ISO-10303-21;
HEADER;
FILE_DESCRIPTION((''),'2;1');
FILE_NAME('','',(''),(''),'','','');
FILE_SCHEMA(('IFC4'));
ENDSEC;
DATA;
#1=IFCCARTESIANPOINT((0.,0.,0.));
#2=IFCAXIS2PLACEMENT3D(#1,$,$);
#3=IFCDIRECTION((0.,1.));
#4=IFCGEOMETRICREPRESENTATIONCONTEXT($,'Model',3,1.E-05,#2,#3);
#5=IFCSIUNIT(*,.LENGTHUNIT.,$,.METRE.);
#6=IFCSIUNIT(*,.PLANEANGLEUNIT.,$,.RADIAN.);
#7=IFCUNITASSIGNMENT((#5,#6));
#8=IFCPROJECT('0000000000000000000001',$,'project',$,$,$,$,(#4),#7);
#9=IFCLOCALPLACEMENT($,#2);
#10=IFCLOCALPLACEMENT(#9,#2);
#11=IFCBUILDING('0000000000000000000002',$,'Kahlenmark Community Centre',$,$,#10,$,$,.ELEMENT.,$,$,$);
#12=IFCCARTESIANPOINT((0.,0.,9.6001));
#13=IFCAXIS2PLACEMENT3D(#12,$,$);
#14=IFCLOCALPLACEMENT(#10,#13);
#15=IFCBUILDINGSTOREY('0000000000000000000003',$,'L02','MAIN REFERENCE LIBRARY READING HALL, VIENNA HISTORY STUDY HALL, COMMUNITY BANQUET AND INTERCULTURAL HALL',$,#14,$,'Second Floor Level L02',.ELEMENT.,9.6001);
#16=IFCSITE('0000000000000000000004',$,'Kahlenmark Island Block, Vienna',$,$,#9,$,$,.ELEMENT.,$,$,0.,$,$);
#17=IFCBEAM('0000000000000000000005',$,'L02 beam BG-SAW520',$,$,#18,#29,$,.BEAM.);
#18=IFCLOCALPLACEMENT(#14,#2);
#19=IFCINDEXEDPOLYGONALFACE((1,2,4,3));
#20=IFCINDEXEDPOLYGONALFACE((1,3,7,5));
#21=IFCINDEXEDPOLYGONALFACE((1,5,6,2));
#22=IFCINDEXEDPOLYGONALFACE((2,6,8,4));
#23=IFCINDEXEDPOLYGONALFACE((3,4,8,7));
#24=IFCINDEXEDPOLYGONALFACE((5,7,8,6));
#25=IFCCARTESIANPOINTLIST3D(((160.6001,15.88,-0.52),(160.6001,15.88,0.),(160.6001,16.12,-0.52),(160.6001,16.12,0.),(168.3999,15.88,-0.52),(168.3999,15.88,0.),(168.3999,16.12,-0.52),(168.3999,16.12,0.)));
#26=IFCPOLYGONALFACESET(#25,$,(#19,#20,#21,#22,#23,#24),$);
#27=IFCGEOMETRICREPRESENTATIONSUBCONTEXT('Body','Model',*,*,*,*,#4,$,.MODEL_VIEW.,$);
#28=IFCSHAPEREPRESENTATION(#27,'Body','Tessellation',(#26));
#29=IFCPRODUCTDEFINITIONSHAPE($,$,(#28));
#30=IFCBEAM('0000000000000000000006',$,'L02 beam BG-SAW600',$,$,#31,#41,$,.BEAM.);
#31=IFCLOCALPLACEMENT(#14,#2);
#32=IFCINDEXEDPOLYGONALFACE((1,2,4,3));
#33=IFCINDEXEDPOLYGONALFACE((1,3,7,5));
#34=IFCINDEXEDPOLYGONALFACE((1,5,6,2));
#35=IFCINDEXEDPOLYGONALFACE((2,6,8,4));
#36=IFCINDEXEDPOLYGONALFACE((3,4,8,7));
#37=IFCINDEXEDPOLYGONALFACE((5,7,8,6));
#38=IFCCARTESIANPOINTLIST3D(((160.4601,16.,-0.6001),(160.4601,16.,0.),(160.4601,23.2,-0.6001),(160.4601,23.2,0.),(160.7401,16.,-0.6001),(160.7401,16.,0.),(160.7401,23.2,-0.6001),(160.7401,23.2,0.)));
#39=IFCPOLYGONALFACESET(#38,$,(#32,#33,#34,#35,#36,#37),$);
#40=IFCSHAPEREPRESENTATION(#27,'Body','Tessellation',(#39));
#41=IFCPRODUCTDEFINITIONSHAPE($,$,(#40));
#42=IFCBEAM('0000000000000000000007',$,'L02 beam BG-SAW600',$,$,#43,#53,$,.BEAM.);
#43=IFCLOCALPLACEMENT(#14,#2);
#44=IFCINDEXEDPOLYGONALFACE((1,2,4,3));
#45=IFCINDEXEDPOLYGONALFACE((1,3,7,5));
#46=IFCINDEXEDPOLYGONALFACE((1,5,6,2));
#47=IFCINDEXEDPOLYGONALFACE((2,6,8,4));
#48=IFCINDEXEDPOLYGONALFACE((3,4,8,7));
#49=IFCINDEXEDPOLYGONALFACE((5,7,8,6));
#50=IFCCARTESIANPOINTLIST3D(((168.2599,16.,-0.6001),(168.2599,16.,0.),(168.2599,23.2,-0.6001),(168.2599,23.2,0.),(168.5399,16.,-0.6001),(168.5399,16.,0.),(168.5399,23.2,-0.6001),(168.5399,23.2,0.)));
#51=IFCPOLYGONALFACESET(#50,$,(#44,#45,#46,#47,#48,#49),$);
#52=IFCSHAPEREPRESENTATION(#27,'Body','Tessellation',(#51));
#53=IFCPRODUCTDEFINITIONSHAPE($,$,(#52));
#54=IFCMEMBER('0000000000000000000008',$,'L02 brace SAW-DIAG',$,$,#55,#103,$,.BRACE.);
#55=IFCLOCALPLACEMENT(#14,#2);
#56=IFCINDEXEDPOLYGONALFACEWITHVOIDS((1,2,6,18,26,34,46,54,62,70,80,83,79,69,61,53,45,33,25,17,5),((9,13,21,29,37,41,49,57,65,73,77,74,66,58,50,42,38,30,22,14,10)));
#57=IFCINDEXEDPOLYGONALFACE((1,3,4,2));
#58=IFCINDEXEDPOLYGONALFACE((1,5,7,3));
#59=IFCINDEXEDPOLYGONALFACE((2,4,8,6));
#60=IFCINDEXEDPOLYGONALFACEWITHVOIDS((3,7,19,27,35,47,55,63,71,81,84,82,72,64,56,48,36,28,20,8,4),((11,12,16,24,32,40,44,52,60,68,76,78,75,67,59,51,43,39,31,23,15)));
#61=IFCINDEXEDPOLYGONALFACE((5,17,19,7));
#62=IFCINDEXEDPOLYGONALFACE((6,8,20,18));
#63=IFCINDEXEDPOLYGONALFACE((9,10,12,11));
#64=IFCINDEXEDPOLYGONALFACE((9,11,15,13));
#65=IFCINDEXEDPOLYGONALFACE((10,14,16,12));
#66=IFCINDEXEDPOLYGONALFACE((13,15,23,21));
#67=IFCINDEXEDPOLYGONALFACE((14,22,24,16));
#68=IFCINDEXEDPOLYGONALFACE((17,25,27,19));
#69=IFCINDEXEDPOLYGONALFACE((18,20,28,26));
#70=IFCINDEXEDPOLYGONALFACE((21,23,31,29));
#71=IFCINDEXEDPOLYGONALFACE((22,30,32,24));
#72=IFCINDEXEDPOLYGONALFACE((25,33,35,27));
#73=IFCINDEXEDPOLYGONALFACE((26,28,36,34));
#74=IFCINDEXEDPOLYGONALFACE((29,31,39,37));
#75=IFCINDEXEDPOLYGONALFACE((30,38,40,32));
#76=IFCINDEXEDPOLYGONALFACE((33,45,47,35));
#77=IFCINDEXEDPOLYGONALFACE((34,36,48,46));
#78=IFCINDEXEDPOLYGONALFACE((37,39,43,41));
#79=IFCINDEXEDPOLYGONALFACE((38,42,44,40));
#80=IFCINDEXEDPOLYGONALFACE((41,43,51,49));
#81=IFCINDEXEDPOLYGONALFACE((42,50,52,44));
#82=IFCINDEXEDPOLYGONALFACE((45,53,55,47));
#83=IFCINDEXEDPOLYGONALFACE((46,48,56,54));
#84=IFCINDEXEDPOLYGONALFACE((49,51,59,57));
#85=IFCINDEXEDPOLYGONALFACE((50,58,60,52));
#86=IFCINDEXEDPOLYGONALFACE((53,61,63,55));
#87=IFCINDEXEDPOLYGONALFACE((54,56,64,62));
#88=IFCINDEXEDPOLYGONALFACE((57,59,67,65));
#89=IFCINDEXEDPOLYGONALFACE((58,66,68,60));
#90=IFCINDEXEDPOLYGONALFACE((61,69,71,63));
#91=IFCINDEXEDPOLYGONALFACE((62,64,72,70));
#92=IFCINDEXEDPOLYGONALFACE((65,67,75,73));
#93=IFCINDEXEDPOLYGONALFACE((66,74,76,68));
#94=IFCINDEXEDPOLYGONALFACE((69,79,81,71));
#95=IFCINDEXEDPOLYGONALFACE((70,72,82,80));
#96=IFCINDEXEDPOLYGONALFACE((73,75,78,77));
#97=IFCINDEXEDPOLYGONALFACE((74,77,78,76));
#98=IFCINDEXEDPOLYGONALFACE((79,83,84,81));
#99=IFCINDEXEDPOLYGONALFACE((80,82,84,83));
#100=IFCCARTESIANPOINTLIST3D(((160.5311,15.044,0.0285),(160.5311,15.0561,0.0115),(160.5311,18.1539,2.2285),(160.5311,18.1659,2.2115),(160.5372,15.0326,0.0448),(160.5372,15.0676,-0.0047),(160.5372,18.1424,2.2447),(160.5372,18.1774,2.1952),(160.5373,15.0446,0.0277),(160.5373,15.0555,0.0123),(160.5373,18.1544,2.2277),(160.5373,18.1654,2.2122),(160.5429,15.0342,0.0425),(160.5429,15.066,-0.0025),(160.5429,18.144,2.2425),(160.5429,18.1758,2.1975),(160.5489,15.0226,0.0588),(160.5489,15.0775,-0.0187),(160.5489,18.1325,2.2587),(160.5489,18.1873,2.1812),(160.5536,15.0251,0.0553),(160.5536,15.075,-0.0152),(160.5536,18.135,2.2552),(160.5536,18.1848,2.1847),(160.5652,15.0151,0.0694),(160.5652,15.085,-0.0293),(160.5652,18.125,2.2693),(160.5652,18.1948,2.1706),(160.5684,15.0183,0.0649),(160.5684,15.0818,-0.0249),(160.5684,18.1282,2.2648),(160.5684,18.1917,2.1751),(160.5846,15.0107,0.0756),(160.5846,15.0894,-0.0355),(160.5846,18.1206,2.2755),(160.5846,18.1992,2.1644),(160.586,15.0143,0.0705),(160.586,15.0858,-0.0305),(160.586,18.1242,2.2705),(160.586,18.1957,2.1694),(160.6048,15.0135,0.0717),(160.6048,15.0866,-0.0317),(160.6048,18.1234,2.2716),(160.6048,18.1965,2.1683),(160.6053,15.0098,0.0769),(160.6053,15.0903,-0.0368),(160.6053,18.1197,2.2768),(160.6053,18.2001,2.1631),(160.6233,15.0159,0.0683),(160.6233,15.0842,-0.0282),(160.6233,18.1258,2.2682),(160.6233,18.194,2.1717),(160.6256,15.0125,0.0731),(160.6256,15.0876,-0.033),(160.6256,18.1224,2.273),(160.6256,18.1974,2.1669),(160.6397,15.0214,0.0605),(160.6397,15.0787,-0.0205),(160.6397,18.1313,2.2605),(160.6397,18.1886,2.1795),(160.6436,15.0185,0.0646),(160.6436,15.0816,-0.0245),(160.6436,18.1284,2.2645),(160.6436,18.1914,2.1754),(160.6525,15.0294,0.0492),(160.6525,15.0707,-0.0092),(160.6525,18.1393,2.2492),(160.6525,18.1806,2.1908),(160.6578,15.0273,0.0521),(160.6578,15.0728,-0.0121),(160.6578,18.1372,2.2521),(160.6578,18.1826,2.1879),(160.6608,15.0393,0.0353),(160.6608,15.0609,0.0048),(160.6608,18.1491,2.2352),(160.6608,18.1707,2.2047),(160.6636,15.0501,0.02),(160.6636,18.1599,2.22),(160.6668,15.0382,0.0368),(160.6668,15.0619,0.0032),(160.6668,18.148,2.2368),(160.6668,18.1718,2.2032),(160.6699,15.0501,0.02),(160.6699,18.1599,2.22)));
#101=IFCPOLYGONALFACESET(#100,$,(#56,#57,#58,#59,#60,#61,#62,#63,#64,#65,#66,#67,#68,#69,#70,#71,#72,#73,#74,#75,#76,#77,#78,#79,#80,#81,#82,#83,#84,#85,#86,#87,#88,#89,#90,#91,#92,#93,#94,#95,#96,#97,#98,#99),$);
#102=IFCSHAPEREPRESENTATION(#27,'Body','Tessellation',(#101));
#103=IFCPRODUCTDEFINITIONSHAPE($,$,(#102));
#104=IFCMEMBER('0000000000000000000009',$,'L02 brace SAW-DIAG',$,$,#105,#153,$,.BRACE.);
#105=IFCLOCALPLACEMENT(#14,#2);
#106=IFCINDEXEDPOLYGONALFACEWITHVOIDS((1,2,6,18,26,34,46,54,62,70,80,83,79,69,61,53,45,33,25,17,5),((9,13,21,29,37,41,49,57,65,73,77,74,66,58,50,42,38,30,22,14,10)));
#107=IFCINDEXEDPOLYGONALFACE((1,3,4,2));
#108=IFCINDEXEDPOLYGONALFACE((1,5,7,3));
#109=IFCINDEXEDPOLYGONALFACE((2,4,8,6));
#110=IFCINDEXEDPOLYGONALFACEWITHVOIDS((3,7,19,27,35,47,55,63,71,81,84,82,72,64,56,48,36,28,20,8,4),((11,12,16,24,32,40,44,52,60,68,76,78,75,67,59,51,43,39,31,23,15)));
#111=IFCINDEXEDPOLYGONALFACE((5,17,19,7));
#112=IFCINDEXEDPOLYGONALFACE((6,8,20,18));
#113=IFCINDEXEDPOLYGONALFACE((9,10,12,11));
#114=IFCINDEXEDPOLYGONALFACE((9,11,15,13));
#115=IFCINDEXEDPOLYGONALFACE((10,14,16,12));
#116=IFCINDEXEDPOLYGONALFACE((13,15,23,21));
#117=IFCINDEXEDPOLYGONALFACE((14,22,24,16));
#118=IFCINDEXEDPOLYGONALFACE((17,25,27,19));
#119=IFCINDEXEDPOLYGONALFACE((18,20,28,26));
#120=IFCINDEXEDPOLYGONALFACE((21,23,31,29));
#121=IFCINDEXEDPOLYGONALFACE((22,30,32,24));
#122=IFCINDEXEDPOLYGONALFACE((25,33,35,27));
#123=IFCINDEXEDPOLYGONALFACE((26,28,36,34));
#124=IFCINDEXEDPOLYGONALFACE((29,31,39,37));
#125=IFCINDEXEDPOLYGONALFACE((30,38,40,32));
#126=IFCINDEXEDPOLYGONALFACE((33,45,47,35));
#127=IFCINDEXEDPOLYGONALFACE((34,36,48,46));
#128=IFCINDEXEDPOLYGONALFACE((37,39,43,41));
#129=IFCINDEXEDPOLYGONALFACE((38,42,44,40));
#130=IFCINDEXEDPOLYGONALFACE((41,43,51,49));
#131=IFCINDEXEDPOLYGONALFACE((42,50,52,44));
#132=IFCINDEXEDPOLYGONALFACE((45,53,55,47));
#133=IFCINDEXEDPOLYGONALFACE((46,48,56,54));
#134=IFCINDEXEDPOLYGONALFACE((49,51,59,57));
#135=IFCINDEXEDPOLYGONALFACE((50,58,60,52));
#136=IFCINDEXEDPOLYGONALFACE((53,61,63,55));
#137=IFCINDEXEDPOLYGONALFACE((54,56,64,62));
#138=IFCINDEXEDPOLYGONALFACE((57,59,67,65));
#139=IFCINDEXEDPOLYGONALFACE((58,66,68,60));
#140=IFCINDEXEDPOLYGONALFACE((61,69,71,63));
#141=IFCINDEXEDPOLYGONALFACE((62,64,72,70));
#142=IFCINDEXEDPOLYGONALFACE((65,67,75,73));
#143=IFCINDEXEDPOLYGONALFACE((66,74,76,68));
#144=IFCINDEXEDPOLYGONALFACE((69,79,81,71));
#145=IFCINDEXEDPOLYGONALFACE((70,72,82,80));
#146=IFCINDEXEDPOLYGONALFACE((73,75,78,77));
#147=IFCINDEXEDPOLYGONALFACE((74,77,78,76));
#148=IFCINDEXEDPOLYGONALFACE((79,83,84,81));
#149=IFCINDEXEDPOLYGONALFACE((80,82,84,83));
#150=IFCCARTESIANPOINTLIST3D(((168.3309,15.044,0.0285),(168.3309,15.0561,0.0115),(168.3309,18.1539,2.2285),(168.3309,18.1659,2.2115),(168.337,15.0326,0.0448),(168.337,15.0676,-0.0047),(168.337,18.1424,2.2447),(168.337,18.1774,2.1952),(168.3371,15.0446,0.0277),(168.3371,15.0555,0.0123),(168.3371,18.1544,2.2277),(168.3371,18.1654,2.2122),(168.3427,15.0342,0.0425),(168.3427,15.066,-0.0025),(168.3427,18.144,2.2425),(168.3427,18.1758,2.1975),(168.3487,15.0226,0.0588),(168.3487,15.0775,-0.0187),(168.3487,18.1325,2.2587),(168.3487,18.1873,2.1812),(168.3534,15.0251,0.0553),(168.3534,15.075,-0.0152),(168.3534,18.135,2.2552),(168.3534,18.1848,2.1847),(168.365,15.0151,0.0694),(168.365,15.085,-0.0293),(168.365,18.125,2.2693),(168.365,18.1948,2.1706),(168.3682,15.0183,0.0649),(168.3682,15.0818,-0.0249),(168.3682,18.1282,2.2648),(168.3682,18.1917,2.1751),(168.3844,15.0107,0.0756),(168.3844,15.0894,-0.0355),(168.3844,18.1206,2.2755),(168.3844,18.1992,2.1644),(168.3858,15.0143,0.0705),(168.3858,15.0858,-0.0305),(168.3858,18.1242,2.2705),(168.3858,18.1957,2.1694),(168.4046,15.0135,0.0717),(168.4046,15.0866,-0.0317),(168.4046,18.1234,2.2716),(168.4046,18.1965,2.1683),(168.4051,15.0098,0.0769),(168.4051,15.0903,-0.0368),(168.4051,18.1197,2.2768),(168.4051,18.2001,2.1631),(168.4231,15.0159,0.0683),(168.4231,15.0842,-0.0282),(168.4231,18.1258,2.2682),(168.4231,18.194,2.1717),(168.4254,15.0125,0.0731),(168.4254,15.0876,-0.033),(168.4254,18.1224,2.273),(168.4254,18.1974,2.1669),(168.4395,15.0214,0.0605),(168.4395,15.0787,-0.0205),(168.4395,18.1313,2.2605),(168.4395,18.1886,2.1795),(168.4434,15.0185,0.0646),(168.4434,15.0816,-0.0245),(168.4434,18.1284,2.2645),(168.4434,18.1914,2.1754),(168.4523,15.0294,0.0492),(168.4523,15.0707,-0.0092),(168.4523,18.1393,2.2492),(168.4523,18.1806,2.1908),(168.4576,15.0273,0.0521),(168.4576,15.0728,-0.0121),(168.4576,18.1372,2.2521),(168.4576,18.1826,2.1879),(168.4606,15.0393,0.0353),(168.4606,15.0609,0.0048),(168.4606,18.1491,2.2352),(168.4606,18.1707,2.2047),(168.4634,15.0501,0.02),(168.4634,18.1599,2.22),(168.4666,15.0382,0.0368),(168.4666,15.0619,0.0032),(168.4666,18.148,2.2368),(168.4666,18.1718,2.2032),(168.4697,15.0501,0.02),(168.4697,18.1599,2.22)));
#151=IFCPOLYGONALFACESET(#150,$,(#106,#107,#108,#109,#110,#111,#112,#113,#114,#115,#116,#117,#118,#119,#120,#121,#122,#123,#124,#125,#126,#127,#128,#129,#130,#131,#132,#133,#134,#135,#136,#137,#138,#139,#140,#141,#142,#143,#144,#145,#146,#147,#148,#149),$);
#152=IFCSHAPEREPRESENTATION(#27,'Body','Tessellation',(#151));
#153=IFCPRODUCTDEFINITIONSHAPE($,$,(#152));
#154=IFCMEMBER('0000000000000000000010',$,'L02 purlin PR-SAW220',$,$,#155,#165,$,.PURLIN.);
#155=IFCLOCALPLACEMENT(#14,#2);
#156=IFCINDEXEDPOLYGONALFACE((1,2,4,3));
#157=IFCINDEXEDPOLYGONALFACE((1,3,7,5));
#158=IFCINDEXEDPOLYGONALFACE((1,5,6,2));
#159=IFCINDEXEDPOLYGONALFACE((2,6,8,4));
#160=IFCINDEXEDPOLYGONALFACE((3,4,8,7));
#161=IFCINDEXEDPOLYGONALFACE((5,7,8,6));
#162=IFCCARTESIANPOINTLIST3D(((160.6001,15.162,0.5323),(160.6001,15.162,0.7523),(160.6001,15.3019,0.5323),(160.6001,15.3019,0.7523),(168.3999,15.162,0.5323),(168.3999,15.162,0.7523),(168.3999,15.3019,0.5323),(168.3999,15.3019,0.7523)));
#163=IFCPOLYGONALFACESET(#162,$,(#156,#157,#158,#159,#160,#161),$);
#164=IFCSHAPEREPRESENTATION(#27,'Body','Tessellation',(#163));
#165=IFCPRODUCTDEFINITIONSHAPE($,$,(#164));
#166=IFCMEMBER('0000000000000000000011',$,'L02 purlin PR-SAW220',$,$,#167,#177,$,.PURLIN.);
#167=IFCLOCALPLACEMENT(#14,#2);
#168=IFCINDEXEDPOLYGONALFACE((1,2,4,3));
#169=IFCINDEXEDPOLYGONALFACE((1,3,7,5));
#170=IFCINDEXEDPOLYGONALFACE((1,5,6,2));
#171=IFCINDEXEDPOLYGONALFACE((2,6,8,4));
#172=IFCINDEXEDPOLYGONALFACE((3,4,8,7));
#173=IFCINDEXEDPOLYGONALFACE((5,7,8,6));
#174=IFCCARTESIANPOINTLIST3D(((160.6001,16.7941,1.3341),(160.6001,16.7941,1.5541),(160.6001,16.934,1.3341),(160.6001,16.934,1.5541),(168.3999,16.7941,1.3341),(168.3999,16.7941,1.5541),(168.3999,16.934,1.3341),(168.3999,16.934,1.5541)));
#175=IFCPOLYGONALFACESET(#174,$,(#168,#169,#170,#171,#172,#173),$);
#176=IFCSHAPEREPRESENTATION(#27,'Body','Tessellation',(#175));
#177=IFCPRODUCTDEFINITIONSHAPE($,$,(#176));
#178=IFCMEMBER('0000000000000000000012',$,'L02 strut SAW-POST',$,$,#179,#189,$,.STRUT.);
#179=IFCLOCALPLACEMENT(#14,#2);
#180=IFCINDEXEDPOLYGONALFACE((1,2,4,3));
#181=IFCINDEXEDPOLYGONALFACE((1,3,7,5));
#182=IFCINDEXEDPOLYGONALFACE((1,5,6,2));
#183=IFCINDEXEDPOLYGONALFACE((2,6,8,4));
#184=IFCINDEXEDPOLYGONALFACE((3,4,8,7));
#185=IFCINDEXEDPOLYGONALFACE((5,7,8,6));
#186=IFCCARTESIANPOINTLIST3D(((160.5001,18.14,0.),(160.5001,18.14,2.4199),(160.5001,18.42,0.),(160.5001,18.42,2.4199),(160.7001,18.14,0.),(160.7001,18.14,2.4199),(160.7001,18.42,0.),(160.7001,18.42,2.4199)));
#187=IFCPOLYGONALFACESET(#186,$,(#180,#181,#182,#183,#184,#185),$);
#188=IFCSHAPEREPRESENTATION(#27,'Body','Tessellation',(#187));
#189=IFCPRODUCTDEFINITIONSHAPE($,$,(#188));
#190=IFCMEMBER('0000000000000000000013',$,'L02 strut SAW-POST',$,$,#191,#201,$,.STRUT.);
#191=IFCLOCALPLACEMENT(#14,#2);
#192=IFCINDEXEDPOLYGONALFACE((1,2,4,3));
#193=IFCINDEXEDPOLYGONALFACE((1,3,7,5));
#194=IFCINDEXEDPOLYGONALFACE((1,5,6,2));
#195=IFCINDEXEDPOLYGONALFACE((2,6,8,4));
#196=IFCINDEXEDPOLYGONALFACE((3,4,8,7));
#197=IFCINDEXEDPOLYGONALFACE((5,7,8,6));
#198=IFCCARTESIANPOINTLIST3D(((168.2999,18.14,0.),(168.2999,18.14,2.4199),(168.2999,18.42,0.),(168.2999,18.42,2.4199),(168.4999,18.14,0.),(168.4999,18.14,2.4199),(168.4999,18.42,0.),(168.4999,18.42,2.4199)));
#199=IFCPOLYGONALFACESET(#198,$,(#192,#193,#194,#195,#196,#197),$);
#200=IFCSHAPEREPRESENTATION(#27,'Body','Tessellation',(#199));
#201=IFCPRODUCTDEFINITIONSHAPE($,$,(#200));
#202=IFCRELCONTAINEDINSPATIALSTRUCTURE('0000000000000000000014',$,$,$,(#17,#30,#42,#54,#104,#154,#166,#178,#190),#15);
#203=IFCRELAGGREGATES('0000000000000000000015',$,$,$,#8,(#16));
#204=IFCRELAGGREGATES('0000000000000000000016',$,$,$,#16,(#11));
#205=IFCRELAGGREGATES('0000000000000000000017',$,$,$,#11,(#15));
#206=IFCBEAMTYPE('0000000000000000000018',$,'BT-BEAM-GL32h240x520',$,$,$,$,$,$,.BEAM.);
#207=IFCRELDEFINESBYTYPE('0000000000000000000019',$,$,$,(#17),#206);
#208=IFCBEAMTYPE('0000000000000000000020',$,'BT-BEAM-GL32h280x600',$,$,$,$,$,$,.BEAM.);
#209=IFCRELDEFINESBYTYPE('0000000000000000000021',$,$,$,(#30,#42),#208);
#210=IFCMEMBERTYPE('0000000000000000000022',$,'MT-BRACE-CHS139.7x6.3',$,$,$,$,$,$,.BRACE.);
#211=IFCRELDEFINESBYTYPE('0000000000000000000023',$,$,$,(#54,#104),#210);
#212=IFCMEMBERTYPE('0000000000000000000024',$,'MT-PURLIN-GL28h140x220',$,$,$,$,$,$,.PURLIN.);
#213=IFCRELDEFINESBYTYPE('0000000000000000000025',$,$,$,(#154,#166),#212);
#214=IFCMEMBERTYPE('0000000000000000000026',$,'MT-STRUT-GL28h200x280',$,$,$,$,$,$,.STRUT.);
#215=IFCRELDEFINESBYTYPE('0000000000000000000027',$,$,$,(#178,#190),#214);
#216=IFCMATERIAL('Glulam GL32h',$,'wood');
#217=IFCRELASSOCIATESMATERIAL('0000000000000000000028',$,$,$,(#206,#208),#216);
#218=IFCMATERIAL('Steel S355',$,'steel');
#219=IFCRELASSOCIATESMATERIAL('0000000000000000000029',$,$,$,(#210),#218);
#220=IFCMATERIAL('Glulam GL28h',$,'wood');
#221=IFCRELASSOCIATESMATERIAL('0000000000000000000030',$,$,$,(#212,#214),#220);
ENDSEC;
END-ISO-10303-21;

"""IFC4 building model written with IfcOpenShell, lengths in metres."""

from ifc_helpers import new_model, si_unit, direction, frame, origin, origin_2d, place, context, subcontext, project, spatial, rectangle, hollow_circle, extrude, material, material_profile, profile_set, type_object, element, save


model = new_model("IFC4")

# Units and contexts
model_context = context("Model", 3, precision=1e-05, world=origin(), true_north=direction((0.0, 1.0)))
body_context = subcontext(model_context, "Body", "Model", "MODEL_VIEW")
ifc_project = project(units=[si_unit("LENGTHUNIT", "METRE"), si_unit("PLANEANGLEUNIT", "RADIAN")], contexts=[model_context])

# Site, building, storey
site_placement = place(None, origin())
site = spatial("IfcSite", under=ifc_project, at=site_placement, Name="Kahlenmark Island Block, Vienna", CompositionType="ELEMENT", RefElevation=0.0)
building_placement = place(site_placement, origin())
building = spatial("IfcBuilding", under=site, at=building_placement, Name="Kahlenmark Community Centre", CompositionType="ELEMENT")
storey_placement = place(building_placement, frame((0.0, 0.0, 9.6001)))
storey = spatial("IfcBuildingStorey", under=building, at=storey_placement, Name="L02", Description="MAIN REFERENCE LIBRARY READING HALL, VIENNA HISTORY STUDY HALL, COMMUNITY BANQUET AND INTERCULTURAL HALL", LongName="Second Floor Level L02", CompositionType="ELEMENT", Elevation=9.6001)

# Beams
ifc_material_1 = material(Name="Glulam GL32h", Category="wood")
ifc_material_profile_1 = material_profile(ifc_material_1, rectangle(XDim=0.24, YDim=0.52, at=origin_2d()), Name="GL32h 240x520")
ifc_profile_set_1 = profile_set([ifc_material_profile_1], Name="Glulam GL32h")
beam_type_1 = type_object("IfcBeamType", Name="BT-BEAM-GL32h240x520", PredefinedType="BEAM", material=ifc_profile_set_1)
beam_placement = place(storey_placement, frame((160.6001, 16.0, -0.26), z_axis=(1.0, 0.0, 0.0), x_axis=(0.0, 1.0, 0.0)))
element("IfcBeam", 1, at=beam_placement, inside=storey, type_object=beam_type_1, Name="L02 beam BG-SAW520", PredefinedType="BEAM", context=body_context, shape_type="SweptSolid", body=[
    extrude(rectangle(XDim=0.24, YDim=0.52, at=origin_2d()), origin(), (0.0, 0.0, 1.0), 7.7998),
])
ifc_material_profile_2 = material_profile(ifc_material_1, rectangle(XDim=0.28, YDim=0.6001, at=origin_2d()), Name="GL32h 280x600")
ifc_profile_set_2 = profile_set([ifc_material_profile_2], Name="Glulam GL32h")
beam_type_2 = type_object("IfcBeamType", Name="BT-BEAM-GL32h280x600", PredefinedType="BEAM", material=ifc_profile_set_2)
for number, where, z_axis, x_axis, name in (
    (2, (160.6001, 16.0, -0.3), (0.0, 1.0, 0.0), (-1.0, 0.0, 0.0), "L02 beam BG-SAW600"),
    (3, (168.3999, 16.0, -0.3), (0.0, 1.0, 0.0), (-1.0, 0.0, 0.0), "L02 beam BG-SAW600"),
):
    element("IfcBeam", number, at=place(storey_placement, frame(where, z_axis=z_axis, x_axis=x_axis)), inside=storey, type_object=beam_type_2, Name=name, PredefinedType="BEAM", context=body_context, shape_type="SweptSolid", body=[
        extrude(rectangle(XDim=0.28, YDim=0.6001, at=origin_2d()), origin(), (0.0, 0.0, 1.0), 7.2),
    ])

# Members
ifc_material_2 = material(Name="Steel S355", Category="steel")
ifc_material_profile_3 = material_profile(ifc_material_2, hollow_circle(Radius=0.0698, WallThickness=0.0063, at=origin_2d()), Name="CHS 139.7x6.3")
ifc_profile_set_3 = profile_set([ifc_material_profile_3], Name="Steel S355")
member_type_1 = type_object("IfcMemberType", Name="MT-BRACE-CHS139.7x6.3", PredefinedType="BRACE", material=ifc_profile_set_3)
for number, where, z_axis, x_axis, name in (
    (4, (160.6001, 18.1599, 2.22), (0.0, -0.81638, -0.577516), (1.0, 0.0, 0.0), "L02 brace SAW-DIAG"),
    (5, (168.3999, 18.1599, 2.22), (0.0, -0.81638, -0.577516), (1.0, 0.0, 0.0), "L02 brace SAW-DIAG"),
):
    element("IfcMember", number, at=place(storey_placement, frame(where, z_axis=z_axis, x_axis=x_axis)), inside=storey, type_object=member_type_1, Name=name, PredefinedType="BRACE", context=body_context, shape_type="SweptSolid", body=[
        extrude(hollow_circle(Radius=0.0698, WallThickness=0.0063, at=origin_2d()), origin(), (0.0, 0.0, 1.0), 3.8093),
    ])
ifc_material_3 = material(Name="Glulam GL28h", Category="wood")
ifc_material_profile_4 = material_profile(ifc_material_3, rectangle(XDim=0.1399, YDim=0.22, at=origin_2d()), Name="GL28h 140x220")
ifc_profile_set_4 = profile_set([ifc_material_profile_4], Name="Glulam GL28h")
member_type_2 = type_object("IfcMemberType", Name="MT-PURLIN-GL28h140x220", PredefinedType="PURLIN", material=ifc_profile_set_4)
for number, where, z_axis, x_axis, name in (
    (6, (160.6001, 15.2319, 0.6423), (1.0, 0.0, 0.0), (0.0, 1.0, 0.0), "L02 purlin PR-SAW220"),
    (7, (160.6001, 16.864, 1.4441), (1.0, 0.0, 0.0), (0.0, 1.0, 0.0), "L02 purlin PR-SAW220"),
):
    element("IfcMember", number, at=place(storey_placement, frame(where, z_axis=z_axis, x_axis=x_axis)), inside=storey, type_object=member_type_2, Name=name, PredefinedType="PURLIN", context=body_context, shape_type="SweptSolid", body=[
        extrude(rectangle(XDim=0.1399, YDim=0.22, at=origin_2d()), origin(), (0.0, 0.0, 1.0), 7.7998),
    ])
ifc_material_profile_5 = material_profile(ifc_material_3, rectangle(XDim=0.2, YDim=0.28, at=origin_2d()), Name="GL28h 200x280")
ifc_profile_set_5 = profile_set([ifc_material_profile_5], Name="Glulam GL28h")
member_type_3 = type_object("IfcMemberType", Name="MT-STRUT-GL28h200x280", PredefinedType="STRUT", material=ifc_profile_set_5)
for number, where, z_axis, x_axis, name in (
    (8, (160.6001, 18.28, 0.0), (0.0, 0.0, 1.0), (1.0, 0.0, 0.0), "L02 strut SAW-POST"),
    (9, (168.3999, 18.28, 0.0), (0.0, 0.0, 1.0), (1.0, 0.0, 0.0), "L02 strut SAW-POST"),
):
    element("IfcMember", number, at=place(storey_placement, frame(where, z_axis=z_axis, x_axis=x_axis)), inside=storey, type_object=member_type_3, Name=name, PredefinedType="STRUT", context=body_context, shape_type="SweptSolid", body=[
        extrude(rectangle(XDim=0.2, YDim=0.28, at=origin_2d()), origin(), (0.0, 0.0, 1.0), 2.4199),
    ])

save(model, "model.ifc")
